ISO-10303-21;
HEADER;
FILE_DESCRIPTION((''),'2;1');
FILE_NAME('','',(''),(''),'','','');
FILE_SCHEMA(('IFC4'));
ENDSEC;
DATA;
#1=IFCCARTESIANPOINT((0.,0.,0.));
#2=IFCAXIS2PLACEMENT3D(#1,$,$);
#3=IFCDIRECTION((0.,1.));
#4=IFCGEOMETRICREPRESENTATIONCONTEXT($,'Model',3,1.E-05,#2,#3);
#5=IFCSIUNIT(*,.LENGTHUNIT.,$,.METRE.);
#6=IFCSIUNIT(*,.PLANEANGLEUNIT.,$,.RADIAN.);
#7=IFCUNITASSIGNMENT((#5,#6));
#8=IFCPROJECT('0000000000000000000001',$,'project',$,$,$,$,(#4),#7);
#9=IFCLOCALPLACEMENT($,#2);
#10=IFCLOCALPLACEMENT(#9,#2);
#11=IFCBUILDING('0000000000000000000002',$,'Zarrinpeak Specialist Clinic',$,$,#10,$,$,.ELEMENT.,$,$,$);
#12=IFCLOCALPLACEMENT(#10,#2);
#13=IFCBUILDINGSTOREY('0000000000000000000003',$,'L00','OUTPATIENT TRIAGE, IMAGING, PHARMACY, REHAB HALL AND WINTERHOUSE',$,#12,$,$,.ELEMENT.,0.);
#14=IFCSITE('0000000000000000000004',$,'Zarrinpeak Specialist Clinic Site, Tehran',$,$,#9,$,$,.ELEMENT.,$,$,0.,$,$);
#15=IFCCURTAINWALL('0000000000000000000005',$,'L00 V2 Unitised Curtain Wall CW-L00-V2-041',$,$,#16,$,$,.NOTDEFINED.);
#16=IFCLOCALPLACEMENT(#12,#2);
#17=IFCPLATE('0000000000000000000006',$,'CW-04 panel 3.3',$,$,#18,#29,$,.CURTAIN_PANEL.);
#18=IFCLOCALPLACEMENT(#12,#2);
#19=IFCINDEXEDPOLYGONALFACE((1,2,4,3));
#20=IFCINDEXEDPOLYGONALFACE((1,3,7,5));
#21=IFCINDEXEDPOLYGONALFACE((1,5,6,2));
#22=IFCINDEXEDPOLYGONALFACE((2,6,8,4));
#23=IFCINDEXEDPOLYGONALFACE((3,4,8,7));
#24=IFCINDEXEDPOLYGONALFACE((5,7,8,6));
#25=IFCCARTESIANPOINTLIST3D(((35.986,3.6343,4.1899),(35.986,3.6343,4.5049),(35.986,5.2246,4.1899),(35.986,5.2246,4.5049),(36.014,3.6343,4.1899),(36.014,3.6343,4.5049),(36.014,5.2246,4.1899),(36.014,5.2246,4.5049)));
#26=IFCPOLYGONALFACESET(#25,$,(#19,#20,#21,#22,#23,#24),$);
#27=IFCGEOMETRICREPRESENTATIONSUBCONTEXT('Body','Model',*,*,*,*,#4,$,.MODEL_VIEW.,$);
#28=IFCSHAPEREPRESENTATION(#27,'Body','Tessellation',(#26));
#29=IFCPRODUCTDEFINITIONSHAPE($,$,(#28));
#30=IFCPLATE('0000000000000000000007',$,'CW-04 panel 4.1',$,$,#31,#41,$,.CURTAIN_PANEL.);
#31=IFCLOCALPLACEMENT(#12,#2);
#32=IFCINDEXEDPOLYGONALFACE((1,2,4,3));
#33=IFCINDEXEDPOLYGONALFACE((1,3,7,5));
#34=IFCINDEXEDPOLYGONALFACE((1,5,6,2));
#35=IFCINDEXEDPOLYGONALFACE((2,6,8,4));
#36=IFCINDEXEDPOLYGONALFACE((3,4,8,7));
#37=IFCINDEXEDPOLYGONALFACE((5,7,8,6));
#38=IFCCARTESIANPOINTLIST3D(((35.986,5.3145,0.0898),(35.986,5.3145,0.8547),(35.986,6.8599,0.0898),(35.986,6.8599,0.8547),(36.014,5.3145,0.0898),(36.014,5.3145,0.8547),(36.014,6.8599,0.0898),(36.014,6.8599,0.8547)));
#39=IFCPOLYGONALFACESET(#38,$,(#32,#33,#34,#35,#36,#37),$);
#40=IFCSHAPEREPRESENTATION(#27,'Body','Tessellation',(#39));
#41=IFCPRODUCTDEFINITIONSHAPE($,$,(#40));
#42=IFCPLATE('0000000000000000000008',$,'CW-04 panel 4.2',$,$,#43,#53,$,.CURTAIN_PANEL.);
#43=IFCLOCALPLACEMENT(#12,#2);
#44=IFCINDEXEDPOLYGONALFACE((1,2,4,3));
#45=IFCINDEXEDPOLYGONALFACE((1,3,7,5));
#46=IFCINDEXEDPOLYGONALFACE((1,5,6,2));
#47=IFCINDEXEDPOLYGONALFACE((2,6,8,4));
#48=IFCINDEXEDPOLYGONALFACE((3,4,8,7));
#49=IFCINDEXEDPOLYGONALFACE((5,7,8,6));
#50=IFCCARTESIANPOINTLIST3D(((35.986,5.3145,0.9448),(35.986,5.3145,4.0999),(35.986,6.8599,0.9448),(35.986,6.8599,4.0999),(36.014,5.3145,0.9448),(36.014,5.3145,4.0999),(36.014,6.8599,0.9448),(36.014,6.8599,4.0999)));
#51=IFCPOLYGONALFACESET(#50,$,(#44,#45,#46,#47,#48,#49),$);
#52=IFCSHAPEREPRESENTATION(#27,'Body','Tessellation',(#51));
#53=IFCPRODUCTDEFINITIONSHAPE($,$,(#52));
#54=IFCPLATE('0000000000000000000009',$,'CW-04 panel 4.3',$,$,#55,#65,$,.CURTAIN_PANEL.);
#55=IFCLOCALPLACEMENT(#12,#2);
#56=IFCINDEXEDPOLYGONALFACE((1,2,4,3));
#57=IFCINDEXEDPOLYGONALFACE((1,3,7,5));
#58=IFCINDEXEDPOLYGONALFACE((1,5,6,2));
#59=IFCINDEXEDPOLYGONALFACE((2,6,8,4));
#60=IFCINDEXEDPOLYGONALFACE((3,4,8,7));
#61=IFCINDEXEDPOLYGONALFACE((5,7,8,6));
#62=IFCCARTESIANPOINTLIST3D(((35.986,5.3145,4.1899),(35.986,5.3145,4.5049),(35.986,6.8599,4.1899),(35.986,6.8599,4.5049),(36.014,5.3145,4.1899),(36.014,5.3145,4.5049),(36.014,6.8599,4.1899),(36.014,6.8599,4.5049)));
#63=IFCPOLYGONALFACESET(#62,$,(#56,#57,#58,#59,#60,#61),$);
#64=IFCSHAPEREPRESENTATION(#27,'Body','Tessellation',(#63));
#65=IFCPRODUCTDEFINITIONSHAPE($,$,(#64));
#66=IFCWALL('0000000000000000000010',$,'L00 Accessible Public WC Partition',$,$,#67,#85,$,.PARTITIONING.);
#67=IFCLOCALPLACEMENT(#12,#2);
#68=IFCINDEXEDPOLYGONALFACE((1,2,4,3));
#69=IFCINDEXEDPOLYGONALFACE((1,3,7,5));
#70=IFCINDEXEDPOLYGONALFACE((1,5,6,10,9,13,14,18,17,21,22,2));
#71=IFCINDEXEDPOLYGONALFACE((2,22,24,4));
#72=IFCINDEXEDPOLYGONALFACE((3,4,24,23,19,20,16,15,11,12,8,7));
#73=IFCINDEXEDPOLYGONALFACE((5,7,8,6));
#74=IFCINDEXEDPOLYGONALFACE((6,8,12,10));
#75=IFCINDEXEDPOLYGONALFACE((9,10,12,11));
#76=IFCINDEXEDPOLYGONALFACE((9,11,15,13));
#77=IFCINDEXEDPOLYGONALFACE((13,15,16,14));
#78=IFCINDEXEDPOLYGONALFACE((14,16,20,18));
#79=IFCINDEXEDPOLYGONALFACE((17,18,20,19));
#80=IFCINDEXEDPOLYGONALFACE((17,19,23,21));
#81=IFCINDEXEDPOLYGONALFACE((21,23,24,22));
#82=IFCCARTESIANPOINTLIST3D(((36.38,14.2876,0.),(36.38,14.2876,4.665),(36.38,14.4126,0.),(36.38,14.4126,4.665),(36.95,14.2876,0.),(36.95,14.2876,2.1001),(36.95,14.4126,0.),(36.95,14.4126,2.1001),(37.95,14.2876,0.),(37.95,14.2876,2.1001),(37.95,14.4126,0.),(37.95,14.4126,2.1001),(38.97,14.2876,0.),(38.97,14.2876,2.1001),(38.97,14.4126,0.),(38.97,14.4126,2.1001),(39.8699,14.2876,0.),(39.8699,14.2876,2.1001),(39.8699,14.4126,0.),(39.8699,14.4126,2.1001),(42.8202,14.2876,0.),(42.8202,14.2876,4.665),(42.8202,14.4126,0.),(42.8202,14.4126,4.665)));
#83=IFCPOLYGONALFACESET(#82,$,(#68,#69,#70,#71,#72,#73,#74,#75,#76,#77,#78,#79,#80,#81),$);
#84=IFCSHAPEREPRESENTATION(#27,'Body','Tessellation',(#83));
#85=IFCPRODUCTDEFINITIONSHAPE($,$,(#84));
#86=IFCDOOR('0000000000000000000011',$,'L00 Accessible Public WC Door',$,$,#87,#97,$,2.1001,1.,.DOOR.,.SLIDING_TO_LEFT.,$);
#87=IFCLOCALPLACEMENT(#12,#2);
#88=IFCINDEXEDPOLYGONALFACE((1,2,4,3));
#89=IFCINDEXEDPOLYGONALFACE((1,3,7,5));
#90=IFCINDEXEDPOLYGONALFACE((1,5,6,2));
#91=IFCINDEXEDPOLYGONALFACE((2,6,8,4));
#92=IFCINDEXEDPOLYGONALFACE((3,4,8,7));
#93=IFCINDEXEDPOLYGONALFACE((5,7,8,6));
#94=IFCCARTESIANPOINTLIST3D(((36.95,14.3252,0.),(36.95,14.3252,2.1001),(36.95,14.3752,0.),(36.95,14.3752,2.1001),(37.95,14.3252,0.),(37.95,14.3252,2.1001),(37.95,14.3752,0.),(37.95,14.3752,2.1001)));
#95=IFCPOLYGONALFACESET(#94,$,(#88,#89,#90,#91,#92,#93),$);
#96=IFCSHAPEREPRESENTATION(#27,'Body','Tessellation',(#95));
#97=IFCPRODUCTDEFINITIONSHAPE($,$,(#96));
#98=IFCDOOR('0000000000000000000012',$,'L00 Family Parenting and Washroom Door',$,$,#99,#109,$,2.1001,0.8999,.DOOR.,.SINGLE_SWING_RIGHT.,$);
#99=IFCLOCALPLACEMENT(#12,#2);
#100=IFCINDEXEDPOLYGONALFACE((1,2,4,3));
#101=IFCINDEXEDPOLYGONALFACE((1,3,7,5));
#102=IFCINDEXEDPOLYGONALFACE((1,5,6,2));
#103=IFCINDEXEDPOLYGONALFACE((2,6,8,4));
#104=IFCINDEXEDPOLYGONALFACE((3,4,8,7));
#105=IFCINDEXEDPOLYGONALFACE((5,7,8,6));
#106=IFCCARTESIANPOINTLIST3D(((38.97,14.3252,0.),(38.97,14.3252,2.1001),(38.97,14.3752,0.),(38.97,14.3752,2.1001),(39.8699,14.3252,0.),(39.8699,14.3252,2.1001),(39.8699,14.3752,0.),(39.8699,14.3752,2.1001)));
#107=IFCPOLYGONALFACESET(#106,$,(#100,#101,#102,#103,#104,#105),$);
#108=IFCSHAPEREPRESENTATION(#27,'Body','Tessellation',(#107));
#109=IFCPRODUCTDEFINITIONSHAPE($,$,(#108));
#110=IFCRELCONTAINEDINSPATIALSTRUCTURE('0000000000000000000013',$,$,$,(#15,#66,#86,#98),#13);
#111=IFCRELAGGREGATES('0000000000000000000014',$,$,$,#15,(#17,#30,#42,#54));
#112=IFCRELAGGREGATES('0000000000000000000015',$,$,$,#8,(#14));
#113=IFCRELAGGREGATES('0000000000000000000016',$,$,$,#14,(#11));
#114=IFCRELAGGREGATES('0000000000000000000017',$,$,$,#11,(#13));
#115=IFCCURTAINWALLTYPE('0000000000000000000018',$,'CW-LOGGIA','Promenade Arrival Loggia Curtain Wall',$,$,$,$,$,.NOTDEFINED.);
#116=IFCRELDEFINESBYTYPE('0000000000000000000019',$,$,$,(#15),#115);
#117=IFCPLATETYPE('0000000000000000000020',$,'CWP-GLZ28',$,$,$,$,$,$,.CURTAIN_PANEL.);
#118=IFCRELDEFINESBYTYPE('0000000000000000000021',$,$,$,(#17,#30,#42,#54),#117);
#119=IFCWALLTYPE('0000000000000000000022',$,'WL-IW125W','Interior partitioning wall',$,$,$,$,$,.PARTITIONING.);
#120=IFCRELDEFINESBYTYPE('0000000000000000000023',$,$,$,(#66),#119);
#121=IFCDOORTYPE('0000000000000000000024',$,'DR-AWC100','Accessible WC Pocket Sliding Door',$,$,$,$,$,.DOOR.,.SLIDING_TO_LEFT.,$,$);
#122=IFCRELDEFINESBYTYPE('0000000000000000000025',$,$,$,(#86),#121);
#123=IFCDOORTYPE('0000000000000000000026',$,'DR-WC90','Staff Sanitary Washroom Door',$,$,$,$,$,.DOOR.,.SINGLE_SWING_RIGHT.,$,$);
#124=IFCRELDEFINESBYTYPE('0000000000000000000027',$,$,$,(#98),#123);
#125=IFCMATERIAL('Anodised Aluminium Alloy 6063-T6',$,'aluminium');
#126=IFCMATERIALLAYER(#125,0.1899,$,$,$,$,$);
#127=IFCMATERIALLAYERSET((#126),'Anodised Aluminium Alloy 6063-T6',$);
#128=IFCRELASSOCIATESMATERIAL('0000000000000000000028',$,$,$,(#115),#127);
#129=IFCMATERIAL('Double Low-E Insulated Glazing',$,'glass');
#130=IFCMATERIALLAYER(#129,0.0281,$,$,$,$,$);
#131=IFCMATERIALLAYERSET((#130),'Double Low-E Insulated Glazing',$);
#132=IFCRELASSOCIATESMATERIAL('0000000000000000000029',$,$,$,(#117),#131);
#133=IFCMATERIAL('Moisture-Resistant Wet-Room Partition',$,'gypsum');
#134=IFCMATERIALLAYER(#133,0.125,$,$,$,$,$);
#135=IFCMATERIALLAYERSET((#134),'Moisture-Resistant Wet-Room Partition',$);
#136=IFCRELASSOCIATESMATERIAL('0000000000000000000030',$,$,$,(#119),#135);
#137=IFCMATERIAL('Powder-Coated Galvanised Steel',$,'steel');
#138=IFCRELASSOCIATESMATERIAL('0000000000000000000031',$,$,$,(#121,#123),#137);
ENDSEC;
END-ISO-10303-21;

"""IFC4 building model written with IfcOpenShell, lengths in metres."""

from ifc_helpers import new_model, si_unit, direction, frame, frame_2d, origin, origin_2d, place, context, subcontext, project, spatial, rectangle, extrude, material, layer, layer_set, type_object, element, fill, aggregate, save


model = new_model("IFC4")

# Units and contexts
model_context = context("Model", 3, precision=1e-05, world=origin(), true_north=direction((0.0, 1.0)))
body_context = subcontext(model_context, "Body", "Model", "MODEL_VIEW")
ifc_project = project(units=[si_unit("LENGTHUNIT", "METRE"), si_unit("PLANEANGLEUNIT", "RADIAN")], contexts=[model_context])

# Site, building, storey
site_placement = place(None, origin())
site = spatial("IfcSite", under=ifc_project, at=site_placement, Name="Zarrinpeak Specialist Clinic Site, Tehran", CompositionType="ELEMENT", RefElevation=0.0)
building_placement = place(site_placement, origin())
building = spatial("IfcBuilding", under=site, at=building_placement, Name="Zarrinpeak Specialist Clinic", CompositionType="ELEMENT")
storey_placement = place(building_placement, origin())
storey = spatial("IfcBuildingStorey", under=building, at=storey_placement, Name="L00", Description="OUTPATIENT TRIAGE, IMAGING, PHARMACY, REHAB HALL AND WINTERHOUSE", CompositionType="ELEMENT", Elevation=0.0)

# Shared definitions
ifc_material_1 = material(Name="Anodised Aluminium Alloy 6063-T6", Category="aluminium")
ifc_layer_1 = layer(ifc_material_1, 0.1899)
ifc_layer_set_1 = layer_set([ifc_layer_1], Name="Anodised Aluminium Alloy 6063-T6")
curtain_wall_type = type_object("IfcCurtainWallType", Name="CW-LOGGIA", Description="Promenade Arrival Loggia Curtain Wall", PredefinedType="NOTDEFINED", material=ifc_layer_set_1)

# Curtain wall, plates
curtain_wall_1_placement = place(storey_placement, origin())
curtain_wall_1 = element("IfcCurtainWall", 1, at=curtain_wall_1_placement, inside=storey, type_object=curtain_wall_type, Name="L00 V2 Unitised Curtain Wall CW-L00-V2-041", PredefinedType="NOTDEFINED")
ifc_material_2 = material(Name="Double Low-E Insulated Glazing", Category="glass")
ifc_layer_2 = layer(ifc_material_2, 0.0281)
ifc_layer_set_2 = layer_set([ifc_layer_2], Name="Double Low-E Insulated Glazing")
plate_type = type_object("IfcPlateType", Name="CWP-GLZ28", PredefinedType="CURTAIN_PANEL", material=ifc_layer_set_2)
plate_1_placement = place(storey_placement, frame((36.0, 4.4294, 4.1899), z_axis=(0.0, 0.0, 1.0), x_axis=(0.0, 1.0, 0.0)))
plate_1 = element("IfcPlate", 2, at=plate_1_placement, type_object=plate_type, Name="CW-04 panel 3.3", PredefinedType="CURTAIN_PANEL", context=body_context, shape_type="SweptSolid", body=[
    extrude(rectangle(XDim=1.5903, YDim=0.0281, at=origin_2d()), origin(), (0.0, 0.0, 1.0), 0.3149),
])
plate_2_placement = place(storey_placement, frame((36.0, 6.0872, 0.0898), z_axis=(0.0, 0.0, 1.0), x_axis=(0.0, 1.0, 0.0)))
plate_2 = element("IfcPlate", 3, at=plate_2_placement, type_object=plate_type, Name="CW-04 panel 4.1", PredefinedType="CURTAIN_PANEL", context=body_context, shape_type="SweptSolid", body=[
    extrude(rectangle(XDim=1.5454, YDim=0.0281, at=origin_2d()), origin(), (0.0, 0.0, 1.0), 0.7649),
])
plate_3_placement = place(storey_placement, frame((36.0, 6.0872, 0.9448), z_axis=(0.0, 0.0, 1.0), x_axis=(0.0, 1.0, 0.0)))
plate_3 = element("IfcPlate", 4, at=plate_3_placement, type_object=plate_type, Name="CW-04 panel 4.2", PredefinedType="CURTAIN_PANEL", context=body_context, shape_type="SweptSolid", body=[
    extrude(rectangle(XDim=1.5454, YDim=0.0281, at=origin_2d()), origin(), (0.0, 0.0, 1.0), 3.155),
])
plate_4_placement = place(storey_placement, frame((36.0, 6.0872, 4.1899), z_axis=(0.0, 0.0, 1.0), x_axis=(0.0, 1.0, 0.0)))
plate_4 = element("IfcPlate", 5, at=plate_4_placement, type_object=plate_type, Name="CW-04 panel 4.3", PredefinedType="CURTAIN_PANEL", context=body_context, shape_type="SweptSolid", body=[
    extrude(rectangle(XDim=1.5454, YDim=0.0281, at=origin_2d()), origin(), (0.0, 0.0, 1.0), 0.3149),
])
aggregate(curtain_wall_1, [plate_1, plate_2, plate_3, plate_4])

# Wall, openings, doors
ifc_material_3 = material(Name="Moisture-Resistant Wet-Room Partition", Category="gypsum")
ifc_layer_3 = layer(ifc_material_3, 0.125)
ifc_layer_set_3 = layer_set([ifc_layer_3], Name="Moisture-Resistant Wet-Room Partition")
wall_type_1 = type_object("IfcWallType", Name="WL-IW125W", Description="Interior partitioning wall", PredefinedType="PARTITIONING", material=ifc_layer_set_3)
wall_1_placement = place(storey_placement, frame((36.3799, 14.3501, 0.0), z_axis=(0.0, 0.0, 1.0), x_axis=(1.0, 0.0, 0.0)))
wall_1 = element("IfcWall", 6, at=wall_1_placement, inside=storey, type_object=wall_type_1, Name="L00 Accessible Public WC Partition", PredefinedType="PARTITIONING", context=body_context, shape_type="SweptSolid", body=[
    extrude(rectangle(XDim=6.4402, YDim=0.125, at=frame_2d((3.2202, 0.0))), origin(), (0.0, 0.0, 1.0), 4.665),
])
opening_1_placement = place(wall_1_placement, frame((0.5701, 0.0, 0.0)))
opening_1 = element("IfcOpeningElement", 7, at=opening_1_placement, cuts=wall_1, PredefinedType="OPENING", context=body_context, shape_type="SweptSolid", body=[
    extrude(rectangle(XDim=1.0, YDim=2.1001, at=frame_2d((0.5, 1.05))), frame((0.0, 0.0725, 0.0), z_axis=(0.0, -1.0, 0.0), x_axis=(1.0, 0.0, 0.0)), (0.0, 0.0, 1.0), 0.145),
])
opening_2_placement = place(wall_1_placement, frame((2.5901, 0.0, 0.0)))
opening_2 = element("IfcOpeningElement", 8, at=opening_2_placement, cuts=wall_1, PredefinedType="OPENING", context=body_context, shape_type="SweptSolid", body=[
    extrude(rectangle(XDim=0.8999, YDim=2.1001, at=frame_2d((0.45, 1.05))), frame((0.0, 0.0725, 0.0), z_axis=(0.0, -1.0, 0.0), x_axis=(1.0, 0.0, 0.0)), (0.0, 0.0, 1.0), 0.145),
])
ifc_material_4 = material(Name="Powder-Coated Galvanised Steel", Category="steel")
door_type_1 = type_object("IfcDoorType", Name="DR-AWC100", Description="Accessible WC Pocket Sliding Door", OperationType="SLIDING_TO_LEFT", PredefinedType="DOOR", material=ifc_material_4)
door_1_placement = place(opening_1_placement, frame((1.0, 0.0, 0.0), z_axis=(0.0, 0.0, 1.0), x_axis=(-1.0, 0.0, 0.0)))
door_1 = element("IfcDoor", 9, at=door_1_placement, inside=storey, type_object=door_type_1, Name="L00 Accessible Public WC Door", OperationType="SLIDING_TO_LEFT", OverallHeight=2.1001, OverallWidth=1.0, PredefinedType="DOOR", context=body_context, shape_type="SweptSolid", body=[
    extrude(rectangle(XDim=1.0, YDim=2.1001, at=frame_2d((0.5, 1.05))), frame((0.0, 0.0249, 0.0), z_axis=(0.0, -1.0, 0.0), x_axis=(1.0, 0.0, 0.0)), (0.0, 0.0, 1.0), 0.05),
])
fill(opening_1, door_1)
door_type_2 = type_object("IfcDoorType", Name="DR-WC90", Description="Staff Sanitary Washroom Door", OperationType="SINGLE_SWING_RIGHT", PredefinedType="DOOR", material=ifc_material_4)
door_2_placement = place(opening_2_placement, frame((0.8999, 0.0, 0.0), z_axis=(0.0, 0.0, 1.0), x_axis=(-1.0, 0.0, 0.0)))
door_2 = element("IfcDoor", 10, at=door_2_placement, inside=storey, type_object=door_type_2, Name="L00 Family Parenting and Washroom Door", OperationType="SINGLE_SWING_RIGHT", OverallHeight=2.1001, OverallWidth=0.8999, PredefinedType="DOOR", context=body_context, shape_type="SweptSolid", body=[
    extrude(rectangle(XDim=0.8999, YDim=2.1001, at=frame_2d((0.45, 1.05))), frame((0.0, 0.0249, 0.0), z_axis=(0.0, -1.0, 0.0), x_axis=(1.0, 0.0, 0.0)), (0.0, 0.0, 1.0), 0.05),
])
fill(opening_2, door_2)

save(model, "model.ifc")
